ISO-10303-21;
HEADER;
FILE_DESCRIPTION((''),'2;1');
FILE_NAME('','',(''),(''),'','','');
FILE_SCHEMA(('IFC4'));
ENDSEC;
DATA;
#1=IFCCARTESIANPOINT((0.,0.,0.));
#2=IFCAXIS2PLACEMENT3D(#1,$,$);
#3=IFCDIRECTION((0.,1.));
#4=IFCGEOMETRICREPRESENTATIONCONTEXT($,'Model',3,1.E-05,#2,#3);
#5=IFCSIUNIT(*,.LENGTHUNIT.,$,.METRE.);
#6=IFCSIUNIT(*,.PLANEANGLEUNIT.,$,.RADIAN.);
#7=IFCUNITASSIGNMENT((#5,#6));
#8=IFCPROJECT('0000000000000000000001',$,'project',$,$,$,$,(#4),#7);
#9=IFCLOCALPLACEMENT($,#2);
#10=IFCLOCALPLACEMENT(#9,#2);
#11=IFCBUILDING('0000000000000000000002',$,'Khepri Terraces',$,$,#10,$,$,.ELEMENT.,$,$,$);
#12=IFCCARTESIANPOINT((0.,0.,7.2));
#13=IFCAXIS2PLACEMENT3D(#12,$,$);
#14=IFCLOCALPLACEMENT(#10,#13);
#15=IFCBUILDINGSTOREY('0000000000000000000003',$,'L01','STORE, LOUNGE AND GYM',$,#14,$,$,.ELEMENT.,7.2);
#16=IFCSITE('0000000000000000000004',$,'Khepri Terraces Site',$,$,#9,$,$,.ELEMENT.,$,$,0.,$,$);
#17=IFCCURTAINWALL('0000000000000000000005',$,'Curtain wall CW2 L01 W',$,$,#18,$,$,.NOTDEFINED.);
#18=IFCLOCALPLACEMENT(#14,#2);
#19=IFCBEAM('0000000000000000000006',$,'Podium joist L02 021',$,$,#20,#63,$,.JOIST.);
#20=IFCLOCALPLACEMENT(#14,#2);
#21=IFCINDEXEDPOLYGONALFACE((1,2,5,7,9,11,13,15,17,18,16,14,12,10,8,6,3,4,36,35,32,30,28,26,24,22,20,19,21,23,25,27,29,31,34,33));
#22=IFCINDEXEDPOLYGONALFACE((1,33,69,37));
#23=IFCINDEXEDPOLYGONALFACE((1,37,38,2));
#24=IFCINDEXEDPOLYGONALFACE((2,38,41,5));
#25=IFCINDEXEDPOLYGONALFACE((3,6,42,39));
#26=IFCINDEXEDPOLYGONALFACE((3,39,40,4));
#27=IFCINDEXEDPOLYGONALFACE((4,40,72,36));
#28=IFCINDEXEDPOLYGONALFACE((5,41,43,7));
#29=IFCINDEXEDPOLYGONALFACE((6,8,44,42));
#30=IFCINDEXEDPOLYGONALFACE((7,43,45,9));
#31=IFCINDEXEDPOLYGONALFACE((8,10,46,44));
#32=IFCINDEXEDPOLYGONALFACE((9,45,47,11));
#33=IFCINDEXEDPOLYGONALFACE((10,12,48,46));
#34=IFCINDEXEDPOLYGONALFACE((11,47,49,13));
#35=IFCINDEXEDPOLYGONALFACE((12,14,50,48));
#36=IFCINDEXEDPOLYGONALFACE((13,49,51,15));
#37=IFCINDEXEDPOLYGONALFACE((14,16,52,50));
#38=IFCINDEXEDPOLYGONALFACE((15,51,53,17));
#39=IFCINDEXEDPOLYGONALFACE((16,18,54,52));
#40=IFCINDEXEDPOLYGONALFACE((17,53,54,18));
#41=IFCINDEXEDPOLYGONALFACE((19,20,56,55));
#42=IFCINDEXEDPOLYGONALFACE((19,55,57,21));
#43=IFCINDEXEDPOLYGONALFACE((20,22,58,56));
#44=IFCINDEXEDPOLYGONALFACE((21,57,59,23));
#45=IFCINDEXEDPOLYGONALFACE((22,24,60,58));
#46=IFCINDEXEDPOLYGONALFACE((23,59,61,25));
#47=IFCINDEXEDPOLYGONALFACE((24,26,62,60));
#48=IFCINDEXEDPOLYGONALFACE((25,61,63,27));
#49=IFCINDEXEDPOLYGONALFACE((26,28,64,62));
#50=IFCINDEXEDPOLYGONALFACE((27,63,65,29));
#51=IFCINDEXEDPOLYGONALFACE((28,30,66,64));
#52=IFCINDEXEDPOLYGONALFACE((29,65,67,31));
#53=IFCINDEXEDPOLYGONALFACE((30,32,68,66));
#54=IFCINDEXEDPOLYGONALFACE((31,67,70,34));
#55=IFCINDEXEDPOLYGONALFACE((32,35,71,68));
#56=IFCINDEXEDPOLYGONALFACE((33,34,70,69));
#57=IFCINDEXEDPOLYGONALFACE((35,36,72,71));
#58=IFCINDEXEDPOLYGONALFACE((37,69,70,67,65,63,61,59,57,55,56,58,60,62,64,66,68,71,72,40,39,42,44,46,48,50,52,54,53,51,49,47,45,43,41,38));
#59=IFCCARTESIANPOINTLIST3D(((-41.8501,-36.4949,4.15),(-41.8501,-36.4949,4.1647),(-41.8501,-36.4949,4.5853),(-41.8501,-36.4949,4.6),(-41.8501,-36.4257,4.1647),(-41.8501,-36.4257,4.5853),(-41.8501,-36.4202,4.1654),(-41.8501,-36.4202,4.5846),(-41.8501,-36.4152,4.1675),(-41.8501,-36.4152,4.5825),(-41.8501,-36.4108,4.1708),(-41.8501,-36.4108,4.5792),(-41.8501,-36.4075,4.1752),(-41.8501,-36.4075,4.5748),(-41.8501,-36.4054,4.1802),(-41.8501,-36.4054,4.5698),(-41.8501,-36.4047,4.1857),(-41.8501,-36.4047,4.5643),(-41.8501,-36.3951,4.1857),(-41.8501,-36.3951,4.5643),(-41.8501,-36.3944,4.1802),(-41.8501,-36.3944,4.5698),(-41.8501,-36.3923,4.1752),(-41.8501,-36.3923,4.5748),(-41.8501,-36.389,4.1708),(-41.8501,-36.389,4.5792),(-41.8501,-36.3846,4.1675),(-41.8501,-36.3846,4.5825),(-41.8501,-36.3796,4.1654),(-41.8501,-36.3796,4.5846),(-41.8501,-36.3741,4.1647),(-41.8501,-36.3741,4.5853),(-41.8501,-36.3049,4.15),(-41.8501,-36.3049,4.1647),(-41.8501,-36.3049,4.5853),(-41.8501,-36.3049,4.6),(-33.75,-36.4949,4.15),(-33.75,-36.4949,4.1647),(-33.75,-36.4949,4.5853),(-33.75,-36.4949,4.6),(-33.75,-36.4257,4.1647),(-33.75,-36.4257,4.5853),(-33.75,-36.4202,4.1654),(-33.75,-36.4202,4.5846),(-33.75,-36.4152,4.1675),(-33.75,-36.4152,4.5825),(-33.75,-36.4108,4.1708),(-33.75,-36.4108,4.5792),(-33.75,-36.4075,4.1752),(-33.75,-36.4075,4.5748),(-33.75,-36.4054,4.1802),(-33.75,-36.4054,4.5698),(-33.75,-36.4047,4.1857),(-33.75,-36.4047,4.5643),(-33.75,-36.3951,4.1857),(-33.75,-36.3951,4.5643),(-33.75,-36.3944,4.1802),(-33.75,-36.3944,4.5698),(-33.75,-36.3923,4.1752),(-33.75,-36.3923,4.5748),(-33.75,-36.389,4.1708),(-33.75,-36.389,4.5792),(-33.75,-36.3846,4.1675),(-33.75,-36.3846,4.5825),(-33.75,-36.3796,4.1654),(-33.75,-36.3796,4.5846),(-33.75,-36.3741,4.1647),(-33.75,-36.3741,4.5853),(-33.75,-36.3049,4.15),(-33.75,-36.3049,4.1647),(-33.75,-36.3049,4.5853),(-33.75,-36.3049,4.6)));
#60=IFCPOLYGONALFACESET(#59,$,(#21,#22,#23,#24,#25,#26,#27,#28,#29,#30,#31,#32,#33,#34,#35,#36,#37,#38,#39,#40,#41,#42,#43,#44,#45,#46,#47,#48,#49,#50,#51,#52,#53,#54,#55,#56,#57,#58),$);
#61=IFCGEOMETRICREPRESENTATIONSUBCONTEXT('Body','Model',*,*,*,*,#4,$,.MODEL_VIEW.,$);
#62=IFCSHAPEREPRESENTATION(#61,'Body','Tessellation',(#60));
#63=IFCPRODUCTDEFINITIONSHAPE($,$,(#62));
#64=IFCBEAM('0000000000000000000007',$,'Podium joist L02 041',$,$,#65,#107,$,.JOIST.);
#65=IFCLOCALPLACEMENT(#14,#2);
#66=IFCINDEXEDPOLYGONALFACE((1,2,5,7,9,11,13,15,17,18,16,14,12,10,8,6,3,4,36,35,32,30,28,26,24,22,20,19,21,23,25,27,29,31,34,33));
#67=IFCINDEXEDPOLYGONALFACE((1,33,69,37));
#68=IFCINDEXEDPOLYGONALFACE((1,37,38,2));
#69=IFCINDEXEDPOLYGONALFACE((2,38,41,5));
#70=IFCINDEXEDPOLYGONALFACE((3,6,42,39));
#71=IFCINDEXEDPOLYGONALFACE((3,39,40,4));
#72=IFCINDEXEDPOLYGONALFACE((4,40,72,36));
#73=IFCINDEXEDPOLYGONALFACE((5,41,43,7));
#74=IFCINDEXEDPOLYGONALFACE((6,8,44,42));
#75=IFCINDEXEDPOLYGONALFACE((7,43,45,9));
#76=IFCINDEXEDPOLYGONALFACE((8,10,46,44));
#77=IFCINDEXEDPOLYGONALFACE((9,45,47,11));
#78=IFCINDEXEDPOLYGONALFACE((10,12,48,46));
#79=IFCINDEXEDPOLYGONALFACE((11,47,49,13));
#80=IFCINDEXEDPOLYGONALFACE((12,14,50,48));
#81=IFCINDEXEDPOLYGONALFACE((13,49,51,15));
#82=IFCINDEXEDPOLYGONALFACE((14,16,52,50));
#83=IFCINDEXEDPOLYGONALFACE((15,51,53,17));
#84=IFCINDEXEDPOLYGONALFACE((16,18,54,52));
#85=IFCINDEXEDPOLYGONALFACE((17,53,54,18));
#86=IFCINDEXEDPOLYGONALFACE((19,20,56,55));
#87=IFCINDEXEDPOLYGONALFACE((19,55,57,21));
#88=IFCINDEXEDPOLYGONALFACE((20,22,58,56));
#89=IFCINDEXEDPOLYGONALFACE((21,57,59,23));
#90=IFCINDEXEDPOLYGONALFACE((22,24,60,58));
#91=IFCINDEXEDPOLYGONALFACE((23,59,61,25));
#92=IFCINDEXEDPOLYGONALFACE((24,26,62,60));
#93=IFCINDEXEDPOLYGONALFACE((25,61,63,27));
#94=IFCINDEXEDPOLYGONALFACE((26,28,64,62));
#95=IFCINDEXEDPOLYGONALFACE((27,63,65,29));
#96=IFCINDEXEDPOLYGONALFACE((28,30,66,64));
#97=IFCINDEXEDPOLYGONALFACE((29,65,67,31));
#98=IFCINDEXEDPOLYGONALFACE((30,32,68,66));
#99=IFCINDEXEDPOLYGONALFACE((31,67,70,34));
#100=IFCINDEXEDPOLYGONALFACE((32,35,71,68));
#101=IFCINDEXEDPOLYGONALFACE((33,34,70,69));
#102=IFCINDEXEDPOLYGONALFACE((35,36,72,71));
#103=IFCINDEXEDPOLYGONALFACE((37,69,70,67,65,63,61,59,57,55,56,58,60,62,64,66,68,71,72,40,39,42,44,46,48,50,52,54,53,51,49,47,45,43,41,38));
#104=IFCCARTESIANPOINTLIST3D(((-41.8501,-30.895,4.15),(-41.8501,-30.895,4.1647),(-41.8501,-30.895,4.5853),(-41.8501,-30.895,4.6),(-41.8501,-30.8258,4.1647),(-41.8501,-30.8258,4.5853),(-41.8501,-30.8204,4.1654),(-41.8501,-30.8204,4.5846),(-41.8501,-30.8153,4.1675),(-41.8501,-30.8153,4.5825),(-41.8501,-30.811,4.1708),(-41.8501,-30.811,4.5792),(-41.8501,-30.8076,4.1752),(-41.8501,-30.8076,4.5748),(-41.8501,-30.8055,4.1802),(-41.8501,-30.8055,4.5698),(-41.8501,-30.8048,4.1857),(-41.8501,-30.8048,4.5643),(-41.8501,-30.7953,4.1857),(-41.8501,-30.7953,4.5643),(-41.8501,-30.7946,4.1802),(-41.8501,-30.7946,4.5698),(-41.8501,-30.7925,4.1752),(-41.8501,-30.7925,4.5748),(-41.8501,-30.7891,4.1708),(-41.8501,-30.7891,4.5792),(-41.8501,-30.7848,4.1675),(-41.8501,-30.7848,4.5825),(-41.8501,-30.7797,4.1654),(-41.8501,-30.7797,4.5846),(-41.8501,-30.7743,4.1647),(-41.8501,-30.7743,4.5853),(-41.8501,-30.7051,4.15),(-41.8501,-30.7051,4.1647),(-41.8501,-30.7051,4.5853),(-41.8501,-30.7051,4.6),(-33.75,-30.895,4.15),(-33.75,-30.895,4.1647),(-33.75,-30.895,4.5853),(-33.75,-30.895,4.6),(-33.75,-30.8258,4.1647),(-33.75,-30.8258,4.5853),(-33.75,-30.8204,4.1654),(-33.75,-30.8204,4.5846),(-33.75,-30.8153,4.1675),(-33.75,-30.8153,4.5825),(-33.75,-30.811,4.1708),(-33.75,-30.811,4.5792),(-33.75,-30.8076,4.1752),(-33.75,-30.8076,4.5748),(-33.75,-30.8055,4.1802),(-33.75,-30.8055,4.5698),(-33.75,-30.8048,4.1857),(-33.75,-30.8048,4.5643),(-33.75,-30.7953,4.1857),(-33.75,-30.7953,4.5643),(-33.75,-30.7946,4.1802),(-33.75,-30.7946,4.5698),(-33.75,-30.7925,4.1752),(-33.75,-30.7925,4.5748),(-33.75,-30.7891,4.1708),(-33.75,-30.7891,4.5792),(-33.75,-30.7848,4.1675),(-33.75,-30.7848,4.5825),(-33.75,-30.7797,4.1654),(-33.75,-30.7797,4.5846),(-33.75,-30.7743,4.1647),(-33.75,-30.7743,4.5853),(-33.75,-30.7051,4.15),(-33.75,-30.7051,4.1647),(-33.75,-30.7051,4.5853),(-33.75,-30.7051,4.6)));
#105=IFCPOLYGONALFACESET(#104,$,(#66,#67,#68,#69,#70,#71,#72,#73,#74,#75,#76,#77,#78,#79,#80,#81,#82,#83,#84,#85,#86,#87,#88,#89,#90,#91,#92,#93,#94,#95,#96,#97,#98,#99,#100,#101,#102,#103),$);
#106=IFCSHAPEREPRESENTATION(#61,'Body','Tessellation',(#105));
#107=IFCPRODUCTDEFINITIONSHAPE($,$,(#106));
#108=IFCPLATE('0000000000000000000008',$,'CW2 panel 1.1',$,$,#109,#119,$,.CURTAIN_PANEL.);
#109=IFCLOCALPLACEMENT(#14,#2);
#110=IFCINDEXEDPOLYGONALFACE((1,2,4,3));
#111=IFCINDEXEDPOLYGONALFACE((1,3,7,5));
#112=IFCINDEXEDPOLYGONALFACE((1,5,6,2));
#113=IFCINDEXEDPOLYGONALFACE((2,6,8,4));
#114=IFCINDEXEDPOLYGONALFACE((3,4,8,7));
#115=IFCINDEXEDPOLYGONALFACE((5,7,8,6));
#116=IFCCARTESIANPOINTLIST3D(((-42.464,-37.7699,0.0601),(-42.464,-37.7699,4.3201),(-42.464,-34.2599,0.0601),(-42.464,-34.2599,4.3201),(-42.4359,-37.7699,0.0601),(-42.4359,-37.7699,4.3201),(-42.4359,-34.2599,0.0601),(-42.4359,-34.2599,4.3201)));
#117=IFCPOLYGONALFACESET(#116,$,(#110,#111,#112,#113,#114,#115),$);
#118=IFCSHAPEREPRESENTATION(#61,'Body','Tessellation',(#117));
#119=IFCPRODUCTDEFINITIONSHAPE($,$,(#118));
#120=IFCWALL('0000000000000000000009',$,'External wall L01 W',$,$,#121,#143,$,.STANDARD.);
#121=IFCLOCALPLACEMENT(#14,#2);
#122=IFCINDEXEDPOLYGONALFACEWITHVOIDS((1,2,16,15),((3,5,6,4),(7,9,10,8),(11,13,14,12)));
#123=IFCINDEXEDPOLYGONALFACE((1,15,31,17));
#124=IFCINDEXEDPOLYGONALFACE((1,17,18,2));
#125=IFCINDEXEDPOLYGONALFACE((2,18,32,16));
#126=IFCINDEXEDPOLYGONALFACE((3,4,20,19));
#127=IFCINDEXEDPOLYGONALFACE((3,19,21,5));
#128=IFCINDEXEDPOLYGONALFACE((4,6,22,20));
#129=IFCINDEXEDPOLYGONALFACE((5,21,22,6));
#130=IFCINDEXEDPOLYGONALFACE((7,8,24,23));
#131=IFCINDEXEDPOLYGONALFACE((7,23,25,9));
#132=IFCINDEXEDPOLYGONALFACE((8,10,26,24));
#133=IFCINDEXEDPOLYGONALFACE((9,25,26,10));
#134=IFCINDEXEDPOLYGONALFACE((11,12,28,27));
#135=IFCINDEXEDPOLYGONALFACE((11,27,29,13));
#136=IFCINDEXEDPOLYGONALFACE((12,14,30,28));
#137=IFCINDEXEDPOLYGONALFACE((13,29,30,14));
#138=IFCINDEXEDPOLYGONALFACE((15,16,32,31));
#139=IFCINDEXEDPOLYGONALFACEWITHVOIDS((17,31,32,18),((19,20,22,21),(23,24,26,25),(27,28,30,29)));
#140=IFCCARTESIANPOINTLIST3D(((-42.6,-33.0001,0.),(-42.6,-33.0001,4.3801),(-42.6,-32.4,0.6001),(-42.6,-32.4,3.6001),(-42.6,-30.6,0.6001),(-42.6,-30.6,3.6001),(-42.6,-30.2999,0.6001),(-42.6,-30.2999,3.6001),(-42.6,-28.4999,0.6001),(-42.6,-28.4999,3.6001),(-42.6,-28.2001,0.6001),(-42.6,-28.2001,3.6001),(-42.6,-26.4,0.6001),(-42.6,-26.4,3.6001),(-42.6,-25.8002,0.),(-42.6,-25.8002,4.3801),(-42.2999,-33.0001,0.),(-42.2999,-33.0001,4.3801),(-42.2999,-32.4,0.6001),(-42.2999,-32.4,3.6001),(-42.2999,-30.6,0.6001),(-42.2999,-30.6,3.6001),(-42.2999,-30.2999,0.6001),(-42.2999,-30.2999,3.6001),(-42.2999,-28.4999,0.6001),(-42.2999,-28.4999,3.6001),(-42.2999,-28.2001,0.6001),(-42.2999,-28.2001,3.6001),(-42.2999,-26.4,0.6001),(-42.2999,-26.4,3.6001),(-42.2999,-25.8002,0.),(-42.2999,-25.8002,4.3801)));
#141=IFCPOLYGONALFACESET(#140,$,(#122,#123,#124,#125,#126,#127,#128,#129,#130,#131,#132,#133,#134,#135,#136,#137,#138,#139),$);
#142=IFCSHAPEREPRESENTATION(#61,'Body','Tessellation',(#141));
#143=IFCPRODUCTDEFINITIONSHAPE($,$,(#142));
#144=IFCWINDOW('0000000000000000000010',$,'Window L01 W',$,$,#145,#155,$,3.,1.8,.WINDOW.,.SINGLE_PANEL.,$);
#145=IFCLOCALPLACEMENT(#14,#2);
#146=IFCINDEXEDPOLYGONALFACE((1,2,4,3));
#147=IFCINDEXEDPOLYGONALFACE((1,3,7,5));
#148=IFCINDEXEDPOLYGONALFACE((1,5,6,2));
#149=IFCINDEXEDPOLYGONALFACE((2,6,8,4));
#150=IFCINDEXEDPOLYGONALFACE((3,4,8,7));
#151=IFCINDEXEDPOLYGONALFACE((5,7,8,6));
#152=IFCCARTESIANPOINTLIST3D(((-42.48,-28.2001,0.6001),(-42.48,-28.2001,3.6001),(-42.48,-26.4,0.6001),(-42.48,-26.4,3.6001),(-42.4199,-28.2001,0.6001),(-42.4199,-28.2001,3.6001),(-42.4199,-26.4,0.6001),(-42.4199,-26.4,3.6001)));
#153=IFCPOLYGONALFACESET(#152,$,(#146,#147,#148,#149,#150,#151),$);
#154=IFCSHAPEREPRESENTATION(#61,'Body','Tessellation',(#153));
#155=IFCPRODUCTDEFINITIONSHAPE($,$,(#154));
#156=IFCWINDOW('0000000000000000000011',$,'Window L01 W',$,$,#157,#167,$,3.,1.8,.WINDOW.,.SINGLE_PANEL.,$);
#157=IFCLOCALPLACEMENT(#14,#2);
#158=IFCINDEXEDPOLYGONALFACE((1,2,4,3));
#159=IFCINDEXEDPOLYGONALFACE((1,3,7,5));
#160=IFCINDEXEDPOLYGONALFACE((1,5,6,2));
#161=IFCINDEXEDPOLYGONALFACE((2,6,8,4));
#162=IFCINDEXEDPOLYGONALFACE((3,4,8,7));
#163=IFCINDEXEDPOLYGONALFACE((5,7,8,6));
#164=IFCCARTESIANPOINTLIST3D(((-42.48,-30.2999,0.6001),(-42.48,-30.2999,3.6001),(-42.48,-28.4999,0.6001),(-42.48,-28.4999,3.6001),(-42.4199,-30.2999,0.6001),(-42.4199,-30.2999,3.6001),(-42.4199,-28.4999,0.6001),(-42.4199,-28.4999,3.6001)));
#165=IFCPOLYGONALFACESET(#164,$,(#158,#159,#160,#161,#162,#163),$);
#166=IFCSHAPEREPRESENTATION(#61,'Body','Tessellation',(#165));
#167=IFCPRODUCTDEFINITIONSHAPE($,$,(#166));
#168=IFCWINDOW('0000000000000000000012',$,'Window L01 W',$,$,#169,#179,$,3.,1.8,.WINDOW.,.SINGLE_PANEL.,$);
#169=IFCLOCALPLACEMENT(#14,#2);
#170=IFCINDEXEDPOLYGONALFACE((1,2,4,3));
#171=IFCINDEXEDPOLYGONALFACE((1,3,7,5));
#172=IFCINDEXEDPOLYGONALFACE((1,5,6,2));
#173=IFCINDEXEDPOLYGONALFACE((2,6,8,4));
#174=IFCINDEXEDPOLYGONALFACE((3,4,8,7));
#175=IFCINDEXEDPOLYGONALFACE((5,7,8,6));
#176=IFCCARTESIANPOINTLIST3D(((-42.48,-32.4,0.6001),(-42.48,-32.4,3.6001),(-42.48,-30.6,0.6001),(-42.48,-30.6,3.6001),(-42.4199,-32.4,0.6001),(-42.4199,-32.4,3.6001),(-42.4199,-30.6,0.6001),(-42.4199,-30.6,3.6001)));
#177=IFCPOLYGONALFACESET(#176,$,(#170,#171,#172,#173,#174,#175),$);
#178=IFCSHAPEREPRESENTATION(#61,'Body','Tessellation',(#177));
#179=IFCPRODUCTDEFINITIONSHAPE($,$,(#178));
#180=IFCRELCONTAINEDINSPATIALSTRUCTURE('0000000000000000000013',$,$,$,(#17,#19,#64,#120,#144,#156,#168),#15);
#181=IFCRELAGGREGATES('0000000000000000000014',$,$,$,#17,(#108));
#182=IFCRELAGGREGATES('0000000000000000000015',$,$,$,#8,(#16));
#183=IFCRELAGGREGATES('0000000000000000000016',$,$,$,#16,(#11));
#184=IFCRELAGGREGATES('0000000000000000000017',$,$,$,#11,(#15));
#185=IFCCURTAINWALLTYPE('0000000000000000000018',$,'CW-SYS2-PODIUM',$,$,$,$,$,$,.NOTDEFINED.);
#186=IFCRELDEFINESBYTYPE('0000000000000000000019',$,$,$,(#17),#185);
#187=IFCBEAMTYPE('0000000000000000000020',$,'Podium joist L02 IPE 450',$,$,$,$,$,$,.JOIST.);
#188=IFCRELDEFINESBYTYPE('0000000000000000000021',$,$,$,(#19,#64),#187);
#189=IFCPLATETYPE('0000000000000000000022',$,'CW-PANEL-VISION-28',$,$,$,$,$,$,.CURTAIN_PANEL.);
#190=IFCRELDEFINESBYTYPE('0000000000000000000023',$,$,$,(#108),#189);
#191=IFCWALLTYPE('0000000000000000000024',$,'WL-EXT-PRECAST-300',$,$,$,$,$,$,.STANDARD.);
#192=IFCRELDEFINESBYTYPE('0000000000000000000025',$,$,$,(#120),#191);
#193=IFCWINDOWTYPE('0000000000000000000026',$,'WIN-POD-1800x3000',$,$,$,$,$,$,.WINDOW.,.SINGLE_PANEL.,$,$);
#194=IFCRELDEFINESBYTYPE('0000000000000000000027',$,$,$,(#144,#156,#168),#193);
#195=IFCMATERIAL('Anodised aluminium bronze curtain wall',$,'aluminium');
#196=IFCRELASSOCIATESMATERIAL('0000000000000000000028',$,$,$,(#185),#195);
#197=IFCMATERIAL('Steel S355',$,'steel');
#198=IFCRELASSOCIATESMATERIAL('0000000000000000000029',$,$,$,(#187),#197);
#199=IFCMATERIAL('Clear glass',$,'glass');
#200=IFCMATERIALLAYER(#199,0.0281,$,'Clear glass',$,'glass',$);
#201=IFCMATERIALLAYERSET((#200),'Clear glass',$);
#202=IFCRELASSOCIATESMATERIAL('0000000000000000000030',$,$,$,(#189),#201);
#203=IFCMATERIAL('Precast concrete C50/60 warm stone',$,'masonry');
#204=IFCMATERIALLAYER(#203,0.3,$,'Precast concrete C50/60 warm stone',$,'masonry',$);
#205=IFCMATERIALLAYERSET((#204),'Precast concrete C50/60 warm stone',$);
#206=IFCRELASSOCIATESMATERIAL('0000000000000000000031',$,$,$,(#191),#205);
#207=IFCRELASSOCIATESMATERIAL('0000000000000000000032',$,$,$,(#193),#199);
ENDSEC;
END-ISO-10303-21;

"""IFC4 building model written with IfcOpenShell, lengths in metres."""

from ifc_helpers import new_model, si_unit, direction, frame, frame_2d, origin, origin_2d, place, context, subcontext, project, spatial, rectangle, i_section, extrude, material, layer, layer_set, material_profile, profile_set, type_object, element, fill, aggregate, save


model = new_model("IFC4")

# Units and contexts
model_context = context("Model", 3, precision=1e-05, world=origin(), true_north=direction((0.0, 1.0)))
body_context = subcontext(model_context, "Body", "Model", "MODEL_VIEW")
ifc_project = project(units=[si_unit("LENGTHUNIT", "METRE"), si_unit("PLANEANGLEUNIT", "RADIAN")], contexts=[model_context])

# Site, building, storey
site_placement = place(None, origin())
site = spatial("IfcSite", under=ifc_project, at=site_placement, Name="Khepri Terraces Site", CompositionType="ELEMENT", RefElevation=0.0)
building_placement = place(site_placement, origin())
building = spatial("IfcBuilding", under=site, at=building_placement, Name="Khepri Terraces", CompositionType="ELEMENT")
storey_placement = place(building_placement, frame((0.0, 0.0, 7.2)))
storey = spatial("IfcBuildingStorey", under=building, at=storey_placement, Name="L01", Description="STORE, LOUNGE AND GYM", CompositionType="ELEMENT", Elevation=7.2)

# Curtain wall
ifc_material_1 = material(Name="Anodised aluminium bronze curtain wall", Category="aluminium")
curtain_wall_type = type_object("IfcCurtainWallType", Name="CW-SYS2-PODIUM", PredefinedType="NOTDEFINED", material=ifc_material_1)
curtain_wall_placement = place(storey_placement, origin())
curtain_wall = element("IfcCurtainWall", 1, at=curtain_wall_placement, inside=storey, type_object=curtain_wall_type, Name="Curtain wall CW2 L01 W", PredefinedType="NOTDEFINED")

# Beams
ifc_material_2 = material(Name="Steel S355", Category="steel")
ifc_material_profile_1 = material_profile(ifc_material_2, i_section(OverallWidth=0.1899, OverallDepth=0.45, WebThickness=0.0095, FlangeThickness=0.0146, FilletRadius=0.021, at=origin_2d()), Name="Steel S355", Category="steel")
ifc_profile_set_1 = profile_set([ifc_material_profile_1], Name="Steel S355")
beam_type_1 = type_object("IfcBeamType", Name="Podium joist L02 IPE 450", PredefinedType="JOIST", material=ifc_profile_set_1)
for number, where, z_axis, x_axis, name in (
    (2, (-41.8501, -36.3999, 4.375), (1.0, 0.0, 0.0), (0.0, 1.0, 0.0), "Podium joist L02 021"),
    (3, (-41.8501, -30.8, 4.375), (1.0, 0.0, 0.0), (0.0, 1.0, 0.0), "Podium joist L02 041"),
):
    element("IfcBeam", number, at=place(storey_placement, frame(where, z_axis=z_axis, x_axis=x_axis)), inside=storey, type_object=beam_type_1, Name=name, PredefinedType="JOIST", context=body_context, shape_type="SweptSolid", body=[
        extrude(i_section(OverallWidth=0.1899, OverallDepth=0.45, WebThickness=0.0095, FlangeThickness=0.0146, FilletRadius=0.021, at=origin_2d()), origin(), (0.0, 0.0, 1.0), 8.1001),
    ])

# Plate
ifc_material_3 = material(Name="Clear glass", Category="glass")
ifc_layer_1 = layer(ifc_material_3, 0.0281, Name="Clear glass", Category="glass")
ifc_layer_set_1 = layer_set([ifc_layer_1], Name="Clear glass")
plate_type = type_object("IfcPlateType", Name="CW-PANEL-VISION-28", PredefinedType="CURTAIN_PANEL", material=ifc_layer_set_1)
plate_placement = place(storey_placement, frame((-42.45, -36.0149, 0.0601), z_axis=(0.0, 0.0, 1.0), x_axis=(0.0, -1.0, 0.0)))
plate = element("IfcPlate", 4, at=plate_placement, type_object=plate_type, Name="CW2 panel 1.1", PredefinedType="CURTAIN_PANEL", context=body_context, shape_type="SweptSolid", body=[
    extrude(rectangle(XDim=3.51, YDim=0.0281, at=origin_2d()), origin(), (0.0, 0.0, 1.0), 4.26),
])
aggregate(curtain_wall, [plate])

# Wall, openings, windows
ifc_material_4 = material(Name="Precast concrete C50/60 warm stone", Category="masonry")
ifc_layer_2 = layer(ifc_material_4, 0.3, Name="Precast concrete C50/60 warm stone", Category="masonry")
ifc_layer_set_2 = layer_set([ifc_layer_2], Name="Precast concrete C50/60 warm stone")
wall_type_1 = type_object("IfcWallType", Name="WL-EXT-PRECAST-300", PredefinedType="STANDARD", material=ifc_layer_set_2)
wall_1_placement = place(storey_placement, frame((-42.45, -25.8, 0.0), z_axis=(0.0, 0.0, 1.0), x_axis=(0.0, -1.0, 0.0)))
wall_1 = element("IfcWall", 5, at=wall_1_placement, inside=storey, type_object=wall_type_1, Name="External wall L01 W", PredefinedType="STANDARD", context=body_context, shape_type="SweptSolid", body=[
    extrude(rectangle(XDim=7.2, YDim=0.3, at=frame_2d((3.6001, 0.0))), origin(), (0.0, 0.0, 1.0), 4.3801),
])
opening_1_placement = place(wall_1_placement, frame((0.6001, 0.0, 0.6001)))
opening_1 = element("IfcOpeningElement", 6, at=opening_1_placement, cuts=wall_1, PredefinedType="OPENING", context=body_context, shape_type="SweptSolid", body=[
    extrude(rectangle(XDim=1.8, YDim=3.0, at=frame_2d((0.8999, 1.5))), frame((0.0, 0.1602, 0.0), z_axis=(0.0, -1.0, 0.0), x_axis=(1.0, 0.0, 0.0)), (0.0, 0.0, 1.0), 0.3201),
])
opening_2_placement = place(wall_1_placement, frame((2.7, 0.0, 0.6001)))
opening_2 = element("IfcOpeningElement", 7, at=opening_2_placement, cuts=wall_1, PredefinedType="OPENING", context=body_context, shape_type="SweptSolid", body=[
    extrude(rectangle(XDim=1.8, YDim=3.0, at=frame_2d((0.8999, 1.5))), frame((0.0, 0.1602, 0.0), z_axis=(0.0, -1.0, 0.0), x_axis=(1.0, 0.0, 0.0)), (0.0, 0.0, 1.0), 0.3201),
])
opening_3_placement = place(wall_1_placement, frame((4.8, 0.0, 0.6001)))
opening_3 = element("IfcOpeningElement", 8, at=opening_3_placement, cuts=wall_1, PredefinedType="OPENING", context=body_context, shape_type="SweptSolid", body=[
    extrude(rectangle(XDim=1.8, YDim=3.0, at=frame_2d((0.8999, 1.5))), frame((0.0, 0.1602, 0.0), z_axis=(0.0, -1.0, 0.0), x_axis=(1.0, 0.0, 0.0)), (0.0, 0.0, 1.0), 0.3201),
])
window_type = type_object("IfcWindowType", Name="WIN-POD-1800x3000", PartitioningType="SINGLE_PANEL", PredefinedType="WINDOW", material=ifc_material_3)
window_1_placement = place(opening_1_placement, origin())
window_1 = element("IfcWindow", 9, at=window_1_placement, inside=storey, type_object=window_type, Name="Window L01 W", OverallHeight=3.0, OverallWidth=1.8, PartitioningType="SINGLE_PANEL", PredefinedType="WINDOW", context=body_context, shape_type="SweptSolid", body=[
    extrude(rectangle(XDim=1.8, YDim=3.0, at=frame_2d((0.8999, 1.5))), frame((0.0, 0.03, 0.0), z_axis=(0.0, -1.0, 0.0), x_axis=(1.0, 0.0, 0.0)), (0.0, 0.0, 1.0), 0.0601),
])
fill(opening_1, window_1)
window_2_placement = place(opening_2_placement, origin())
window_2 = element("IfcWindow", 10, at=window_2_placement, inside=storey, type_object=window_type, Name="Window L01 W", OverallHeight=3.0, OverallWidth=1.8, PartitioningType="SINGLE_PANEL", PredefinedType="WINDOW", context=body_context, shape_type="SweptSolid", body=[
    extrude(rectangle(XDim=1.8, YDim=3.0, at=frame_2d((0.8999, 1.5))), frame((0.0, 0.03, 0.0), z_axis=(0.0, -1.0, 0.0), x_axis=(1.0, 0.0, 0.0)), (0.0, 0.0, 1.0), 0.0601),
])
fill(opening_2, window_2)
window_3_placement = place(opening_3_placement, origin())
window_3 = element("IfcWindow", 11, at=window_3_placement, inside=storey, type_object=window_type, Name="Window L01 W", OverallHeight=3.0, OverallWidth=1.8, PartitioningType="SINGLE_PANEL", PredefinedType="WINDOW", context=body_context, shape_type="SweptSolid", body=[
    extrude(rectangle(XDim=1.8, YDim=3.0, at=frame_2d((0.8999, 1.5))), frame((0.0, 0.03, 0.0), z_axis=(0.0, -1.0, 0.0), x_axis=(1.0, 0.0, 0.0)), (0.0, 0.0, 1.0), 0.0601),
])
fill(opening_3, window_3)

save(model, "model.ifc")
